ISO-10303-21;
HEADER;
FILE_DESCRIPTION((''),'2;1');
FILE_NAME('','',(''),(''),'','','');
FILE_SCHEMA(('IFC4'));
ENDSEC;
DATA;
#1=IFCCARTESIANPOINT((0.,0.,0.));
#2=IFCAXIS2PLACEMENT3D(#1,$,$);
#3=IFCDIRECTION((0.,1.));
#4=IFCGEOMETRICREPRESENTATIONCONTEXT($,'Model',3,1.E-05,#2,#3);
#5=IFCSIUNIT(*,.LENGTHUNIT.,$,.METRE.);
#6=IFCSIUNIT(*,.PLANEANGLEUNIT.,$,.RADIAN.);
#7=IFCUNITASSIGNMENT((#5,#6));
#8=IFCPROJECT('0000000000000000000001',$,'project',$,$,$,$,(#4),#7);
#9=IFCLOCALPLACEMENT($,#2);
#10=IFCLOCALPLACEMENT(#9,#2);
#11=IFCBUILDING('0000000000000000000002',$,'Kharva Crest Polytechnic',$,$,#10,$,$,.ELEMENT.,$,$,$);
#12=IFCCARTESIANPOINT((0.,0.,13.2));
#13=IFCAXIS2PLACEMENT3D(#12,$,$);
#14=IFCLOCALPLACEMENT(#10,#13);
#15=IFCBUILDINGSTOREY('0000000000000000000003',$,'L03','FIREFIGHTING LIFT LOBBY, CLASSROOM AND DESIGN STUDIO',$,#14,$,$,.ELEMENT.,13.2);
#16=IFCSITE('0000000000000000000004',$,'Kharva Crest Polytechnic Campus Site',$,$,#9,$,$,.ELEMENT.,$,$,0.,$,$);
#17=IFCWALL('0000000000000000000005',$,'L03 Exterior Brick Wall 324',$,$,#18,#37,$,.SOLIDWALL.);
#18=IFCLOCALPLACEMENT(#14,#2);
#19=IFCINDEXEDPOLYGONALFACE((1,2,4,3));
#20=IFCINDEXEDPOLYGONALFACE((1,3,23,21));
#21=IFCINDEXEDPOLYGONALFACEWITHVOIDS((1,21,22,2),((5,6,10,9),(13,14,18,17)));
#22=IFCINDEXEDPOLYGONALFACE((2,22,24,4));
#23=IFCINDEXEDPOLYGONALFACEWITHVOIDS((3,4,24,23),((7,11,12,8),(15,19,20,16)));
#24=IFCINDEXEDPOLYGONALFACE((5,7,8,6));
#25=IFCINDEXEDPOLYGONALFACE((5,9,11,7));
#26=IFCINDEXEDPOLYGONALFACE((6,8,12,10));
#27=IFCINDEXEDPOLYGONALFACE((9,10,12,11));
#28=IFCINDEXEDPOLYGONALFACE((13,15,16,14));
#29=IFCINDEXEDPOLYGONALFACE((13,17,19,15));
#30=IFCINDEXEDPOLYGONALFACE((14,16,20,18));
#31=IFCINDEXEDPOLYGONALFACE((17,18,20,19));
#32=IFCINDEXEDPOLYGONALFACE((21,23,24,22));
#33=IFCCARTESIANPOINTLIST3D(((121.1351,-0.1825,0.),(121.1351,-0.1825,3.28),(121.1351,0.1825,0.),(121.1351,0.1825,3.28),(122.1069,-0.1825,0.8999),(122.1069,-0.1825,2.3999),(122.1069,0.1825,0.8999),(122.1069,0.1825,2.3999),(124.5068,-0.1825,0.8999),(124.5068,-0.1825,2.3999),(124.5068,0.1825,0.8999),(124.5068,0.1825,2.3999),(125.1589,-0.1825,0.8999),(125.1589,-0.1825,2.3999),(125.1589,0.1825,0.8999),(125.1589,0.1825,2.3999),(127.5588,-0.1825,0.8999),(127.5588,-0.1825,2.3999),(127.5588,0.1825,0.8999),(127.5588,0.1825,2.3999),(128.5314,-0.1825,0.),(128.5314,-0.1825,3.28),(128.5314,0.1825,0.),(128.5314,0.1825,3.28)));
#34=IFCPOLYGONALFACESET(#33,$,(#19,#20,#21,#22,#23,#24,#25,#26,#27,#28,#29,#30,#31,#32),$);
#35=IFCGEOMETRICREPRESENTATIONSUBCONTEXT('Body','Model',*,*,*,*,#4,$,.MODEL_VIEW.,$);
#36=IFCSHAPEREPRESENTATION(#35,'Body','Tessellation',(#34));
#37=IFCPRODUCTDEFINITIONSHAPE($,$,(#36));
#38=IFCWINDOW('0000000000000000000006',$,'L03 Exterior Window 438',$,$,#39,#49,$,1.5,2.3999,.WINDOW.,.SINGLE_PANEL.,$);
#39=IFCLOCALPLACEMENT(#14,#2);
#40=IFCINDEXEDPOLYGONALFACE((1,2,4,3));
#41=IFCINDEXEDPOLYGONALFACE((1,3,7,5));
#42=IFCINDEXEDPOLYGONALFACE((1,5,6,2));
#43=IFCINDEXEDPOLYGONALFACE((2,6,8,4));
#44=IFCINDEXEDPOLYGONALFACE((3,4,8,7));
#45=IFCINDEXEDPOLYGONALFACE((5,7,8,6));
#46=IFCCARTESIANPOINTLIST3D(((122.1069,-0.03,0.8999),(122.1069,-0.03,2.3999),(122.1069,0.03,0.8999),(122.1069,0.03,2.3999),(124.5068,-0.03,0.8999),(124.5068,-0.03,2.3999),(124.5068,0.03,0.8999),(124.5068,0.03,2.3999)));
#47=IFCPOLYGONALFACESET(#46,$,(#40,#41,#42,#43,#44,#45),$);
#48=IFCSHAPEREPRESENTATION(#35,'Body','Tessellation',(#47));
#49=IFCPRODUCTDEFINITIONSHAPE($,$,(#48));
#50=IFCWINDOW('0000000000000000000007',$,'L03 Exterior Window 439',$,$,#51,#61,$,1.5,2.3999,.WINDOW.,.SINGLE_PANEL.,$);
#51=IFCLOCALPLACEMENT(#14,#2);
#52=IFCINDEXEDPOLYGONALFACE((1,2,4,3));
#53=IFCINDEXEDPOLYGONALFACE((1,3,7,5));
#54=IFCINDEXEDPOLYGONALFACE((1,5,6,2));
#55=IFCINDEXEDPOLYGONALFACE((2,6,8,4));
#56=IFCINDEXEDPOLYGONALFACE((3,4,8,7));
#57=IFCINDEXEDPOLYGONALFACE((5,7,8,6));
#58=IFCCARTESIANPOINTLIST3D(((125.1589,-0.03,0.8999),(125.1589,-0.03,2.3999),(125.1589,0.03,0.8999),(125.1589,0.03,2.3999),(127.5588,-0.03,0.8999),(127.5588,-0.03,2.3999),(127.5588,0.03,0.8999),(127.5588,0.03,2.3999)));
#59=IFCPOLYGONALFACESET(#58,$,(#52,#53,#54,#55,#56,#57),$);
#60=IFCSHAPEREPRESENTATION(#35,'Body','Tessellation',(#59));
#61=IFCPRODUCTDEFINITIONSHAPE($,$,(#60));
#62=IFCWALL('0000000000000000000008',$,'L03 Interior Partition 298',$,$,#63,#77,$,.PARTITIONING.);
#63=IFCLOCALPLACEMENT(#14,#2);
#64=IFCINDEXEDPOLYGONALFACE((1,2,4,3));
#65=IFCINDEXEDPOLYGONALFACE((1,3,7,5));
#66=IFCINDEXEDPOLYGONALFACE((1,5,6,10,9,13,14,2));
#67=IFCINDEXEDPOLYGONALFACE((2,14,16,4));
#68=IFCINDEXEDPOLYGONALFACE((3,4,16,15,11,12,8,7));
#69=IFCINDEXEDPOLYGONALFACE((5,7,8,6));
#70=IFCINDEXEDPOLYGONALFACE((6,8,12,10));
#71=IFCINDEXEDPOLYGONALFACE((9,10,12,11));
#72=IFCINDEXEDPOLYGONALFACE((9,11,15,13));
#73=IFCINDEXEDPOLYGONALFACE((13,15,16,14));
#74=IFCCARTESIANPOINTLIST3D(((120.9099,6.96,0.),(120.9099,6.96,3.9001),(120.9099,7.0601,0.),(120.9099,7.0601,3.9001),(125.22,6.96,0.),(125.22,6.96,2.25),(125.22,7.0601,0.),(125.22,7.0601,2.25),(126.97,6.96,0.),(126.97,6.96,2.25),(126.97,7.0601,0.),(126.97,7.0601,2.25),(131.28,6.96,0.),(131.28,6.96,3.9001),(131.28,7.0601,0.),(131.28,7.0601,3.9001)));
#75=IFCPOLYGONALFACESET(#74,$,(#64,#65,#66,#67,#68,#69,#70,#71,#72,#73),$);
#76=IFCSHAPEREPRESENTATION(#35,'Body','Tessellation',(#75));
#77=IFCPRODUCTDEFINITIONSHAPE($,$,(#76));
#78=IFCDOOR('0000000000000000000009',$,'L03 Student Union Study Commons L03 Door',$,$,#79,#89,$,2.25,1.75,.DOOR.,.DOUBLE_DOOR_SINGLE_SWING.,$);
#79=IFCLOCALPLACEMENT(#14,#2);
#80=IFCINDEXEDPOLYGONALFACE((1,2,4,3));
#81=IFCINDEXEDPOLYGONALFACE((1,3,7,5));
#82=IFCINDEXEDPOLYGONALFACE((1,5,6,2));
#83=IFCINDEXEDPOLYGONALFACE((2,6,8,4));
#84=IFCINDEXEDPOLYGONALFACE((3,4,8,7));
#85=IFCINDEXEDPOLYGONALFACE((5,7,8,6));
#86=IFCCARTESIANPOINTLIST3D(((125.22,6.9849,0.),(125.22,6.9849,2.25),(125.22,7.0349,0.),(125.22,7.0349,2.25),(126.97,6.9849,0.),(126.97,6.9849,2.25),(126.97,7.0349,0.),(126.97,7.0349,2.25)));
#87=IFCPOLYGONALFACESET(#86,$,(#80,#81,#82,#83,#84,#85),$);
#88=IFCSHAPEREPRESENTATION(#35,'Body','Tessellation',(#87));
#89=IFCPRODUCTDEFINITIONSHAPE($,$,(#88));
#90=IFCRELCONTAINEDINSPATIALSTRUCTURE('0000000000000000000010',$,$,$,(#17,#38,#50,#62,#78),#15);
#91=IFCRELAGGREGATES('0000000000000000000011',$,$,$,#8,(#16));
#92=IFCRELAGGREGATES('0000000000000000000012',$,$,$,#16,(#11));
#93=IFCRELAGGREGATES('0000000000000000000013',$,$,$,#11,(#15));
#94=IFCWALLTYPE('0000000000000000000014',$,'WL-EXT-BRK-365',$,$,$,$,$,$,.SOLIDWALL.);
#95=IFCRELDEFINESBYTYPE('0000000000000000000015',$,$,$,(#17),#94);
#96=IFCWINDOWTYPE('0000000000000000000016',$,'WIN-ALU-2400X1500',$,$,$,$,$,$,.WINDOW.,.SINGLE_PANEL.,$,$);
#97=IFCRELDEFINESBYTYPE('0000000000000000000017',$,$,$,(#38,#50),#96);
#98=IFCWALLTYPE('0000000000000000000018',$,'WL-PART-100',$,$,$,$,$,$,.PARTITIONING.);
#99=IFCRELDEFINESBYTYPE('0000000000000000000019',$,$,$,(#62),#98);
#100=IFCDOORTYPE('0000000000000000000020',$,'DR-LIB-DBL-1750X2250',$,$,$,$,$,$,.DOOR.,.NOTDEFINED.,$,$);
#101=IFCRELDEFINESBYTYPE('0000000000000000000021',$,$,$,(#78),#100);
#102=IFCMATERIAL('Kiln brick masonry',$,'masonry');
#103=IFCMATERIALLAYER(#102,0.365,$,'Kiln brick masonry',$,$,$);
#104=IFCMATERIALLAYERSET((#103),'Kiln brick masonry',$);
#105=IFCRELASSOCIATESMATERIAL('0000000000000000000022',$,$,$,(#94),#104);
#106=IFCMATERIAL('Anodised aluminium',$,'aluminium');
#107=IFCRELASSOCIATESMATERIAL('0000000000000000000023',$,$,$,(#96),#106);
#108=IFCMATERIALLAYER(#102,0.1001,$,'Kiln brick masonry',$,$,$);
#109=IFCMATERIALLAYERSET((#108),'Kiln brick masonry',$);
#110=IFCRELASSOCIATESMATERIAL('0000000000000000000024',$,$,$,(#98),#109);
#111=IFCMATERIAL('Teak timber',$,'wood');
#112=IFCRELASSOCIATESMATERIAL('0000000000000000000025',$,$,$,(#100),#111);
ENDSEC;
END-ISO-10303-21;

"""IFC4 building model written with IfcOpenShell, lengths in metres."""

from ifc_helpers import new_model, si_unit, direction, frame, frame_2d, origin, place, context, subcontext, project, spatial, rectangle, extrude, material, layer, layer_set, type_object, element, fill, save


model = new_model("IFC4")

# Units and contexts
model_context = context("Model", 3, precision=1e-05, world=origin(), true_north=direction((0.0, 1.0)))
body_context = subcontext(model_context, "Body", "Model", "MODEL_VIEW")
ifc_project = project(units=[si_unit("LENGTHUNIT", "METRE"), si_unit("PLANEANGLEUNIT", "RADIAN")], contexts=[model_context])

# Site, building, storey
site_placement = place(None, origin())
site = spatial("IfcSite", under=ifc_project, at=site_placement, Name="Kharva Crest Polytechnic Campus Site", CompositionType="ELEMENT", RefElevation=0.0)
building_placement = place(site_placement, origin())
building = spatial("IfcBuilding", under=site, at=building_placement, Name="Kharva Crest Polytechnic", CompositionType="ELEMENT")
storey_placement = place(building_placement, frame((0.0, 0.0, 13.2)))
storey = spatial("IfcBuildingStorey", under=building, at=storey_placement, Name="L03", Description="FIREFIGHTING LIFT LOBBY, CLASSROOM AND DESIGN STUDIO", CompositionType="ELEMENT", Elevation=13.2)

# Shared definitions
ifc_material_1 = material(Name="Teak timber", Category="wood")

# Wall, openings, windows
ifc_material_2 = material(Name="Kiln brick masonry", Category="masonry")
ifc_layer_1 = layer(ifc_material_2, 0.365, Name="Kiln brick masonry")
ifc_layer_set_1 = layer_set([ifc_layer_1], Name="Kiln brick masonry")
wall_type_1 = type_object("IfcWallType", Name="WL-EXT-BRK-365", PredefinedType="SOLIDWALL", material=ifc_layer_set_1)
wall_1_placement = place(storey_placement, frame((121.135, 0.0, 0.0), z_axis=(0.0, 0.0, 1.0), x_axis=(1.0, 0.0, 0.0)))
wall_1 = element("IfcWall", 1, at=wall_1_placement, inside=storey, type_object=wall_type_1, Name="L03 Exterior Brick Wall 324", PredefinedType="SOLIDWALL", context=body_context, shape_type="SweptSolid", body=[
    extrude(rectangle(XDim=7.3962, YDim=0.365, at=frame_2d((3.6982, 0.0))), origin(), (0.0, 0.0, 1.0), 3.28),
])
opening_1_placement = place(wall_1_placement, frame((0.9719, 0.0, 0.8999)))
opening_1 = element("IfcOpeningElement", 2, at=opening_1_placement, cuts=wall_1, PredefinedType="OPENING", context=body_context, shape_type="SweptSolid", body=[
    extrude(rectangle(XDim=2.3999, YDim=1.5, at=frame_2d((1.2, 0.75))), frame((0.0, 0.1924, 0.0), z_axis=(0.0, -1.0, 0.0), x_axis=(1.0, 0.0, 0.0)), (0.0, 0.0, 1.0), 0.385),
])
opening_2_placement = place(wall_1_placement, frame((4.0239, 0.0, 0.8999)))
opening_2 = element("IfcOpeningElement", 3, at=opening_2_placement, cuts=wall_1, PredefinedType="OPENING", context=body_context, shape_type="SweptSolid", body=[
    extrude(rectangle(XDim=2.3999, YDim=1.5, at=frame_2d((1.2, 0.75))), frame((0.0, 0.1924, 0.0), z_axis=(0.0, -1.0, 0.0), x_axis=(1.0, 0.0, 0.0)), (0.0, 0.0, 1.0), 0.385),
])
ifc_material_3 = material(Name="Anodised aluminium", Category="aluminium")
window_type = type_object("IfcWindowType", Name="WIN-ALU-2400X1500", PartitioningType="SINGLE_PANEL", PredefinedType="WINDOW", material=ifc_material_3)
window_1_placement = place(opening_1_placement, origin())
window_1 = element("IfcWindow", 4, at=window_1_placement, inside=storey, type_object=window_type, Name="L03 Exterior Window 438", OverallHeight=1.5, OverallWidth=2.3999, PartitioningType="SINGLE_PANEL", PredefinedType="WINDOW", context=body_context, shape_type="SweptSolid", body=[
    extrude(rectangle(XDim=2.3999, YDim=1.5, at=frame_2d((1.2, 0.75))), frame((0.0, 0.03, 0.0), z_axis=(0.0, -1.0, 0.0), x_axis=(1.0, 0.0, 0.0)), (0.0, 0.0, 1.0), 0.0601),
])
fill(opening_1, window_1)
window_2_placement = place(opening_2_placement, origin())
window_2 = element("IfcWindow", 5, at=window_2_placement, inside=storey, type_object=window_type, Name="L03 Exterior Window 439", OverallHeight=1.5, OverallWidth=2.3999, PartitioningType="SINGLE_PANEL", PredefinedType="WINDOW", context=body_context, shape_type="SweptSolid", body=[
    extrude(rectangle(XDim=2.3999, YDim=1.5, at=frame_2d((1.2, 0.75))), frame((0.0, 0.03, 0.0), z_axis=(0.0, -1.0, 0.0), x_axis=(1.0, 0.0, 0.0)), (0.0, 0.0, 1.0), 0.0601),
])
fill(opening_2, window_2)

# Wall, opening, door
ifc_layer_2 = layer(ifc_material_2, 0.1001, Name="Kiln brick masonry")
ifc_layer_set_2 = layer_set([ifc_layer_2], Name="Kiln brick masonry")
wall_type_2 = type_object("IfcWallType", Name="WL-PART-100", PredefinedType="PARTITIONING", material=ifc_layer_set_2)
wall_2_placement = place(storey_placement, frame((120.9099, 7.01, 0.0), z_axis=(0.0, 0.0, 1.0), x_axis=(1.0, 0.0, 0.0)))
wall_2 = element("IfcWall", 6, at=wall_2_placement, inside=storey, type_object=wall_type_2, Name="L03 Interior Partition 298", PredefinedType="PARTITIONING", context=body_context, shape_type="SweptSolid", body=[
    extrude(rectangle(XDim=10.3701, YDim=0.1001, at=frame_2d((5.1851, 0.0))), origin(), (0.0, 0.0, 1.0), 3.9001),
])
opening_3_placement = place(wall_2_placement, frame((4.3101, 0.0, 0.0)))
opening_3 = element("IfcOpeningElement", 7, at=opening_3_placement, cuts=wall_2, PredefinedType="OPENING", context=body_context, shape_type="SweptSolid", body=[
    extrude(rectangle(XDim=1.75, YDim=2.25, at=frame_2d((0.875, 1.125))), frame((0.0, 0.0601, 0.0), z_axis=(0.0, -1.0, 0.0), x_axis=(1.0, 0.0, 0.0)), (0.0, 0.0, 1.0), 0.1201),
])
door_type_1 = type_object("IfcDoorType", Name="DR-LIB-DBL-1750X2250", OperationType="NOTDEFINED", PredefinedType="DOOR", material=ifc_material_1)
door_1_placement = place(opening_3_placement, origin())
door_1 = element("IfcDoor", 8, at=door_1_placement, inside=storey, type_object=door_type_1, Name="L03 Student Union Study Commons L03 Door", OperationType="DOUBLE_DOOR_SINGLE_SWING", OverallHeight=2.25, OverallWidth=1.75, PredefinedType="DOOR", context=body_context, shape_type="SweptSolid", body=[
    extrude(rectangle(XDim=1.75, YDim=2.25, at=frame_2d((0.875, 1.125))), frame((0.0, 0.0249, 0.0), z_axis=(0.0, -1.0, 0.0), x_axis=(1.0, 0.0, 0.0)), (0.0, 0.0, 1.0), 0.05),
])
fill(opening_3, door_1)

save(model, "model.ifc")
